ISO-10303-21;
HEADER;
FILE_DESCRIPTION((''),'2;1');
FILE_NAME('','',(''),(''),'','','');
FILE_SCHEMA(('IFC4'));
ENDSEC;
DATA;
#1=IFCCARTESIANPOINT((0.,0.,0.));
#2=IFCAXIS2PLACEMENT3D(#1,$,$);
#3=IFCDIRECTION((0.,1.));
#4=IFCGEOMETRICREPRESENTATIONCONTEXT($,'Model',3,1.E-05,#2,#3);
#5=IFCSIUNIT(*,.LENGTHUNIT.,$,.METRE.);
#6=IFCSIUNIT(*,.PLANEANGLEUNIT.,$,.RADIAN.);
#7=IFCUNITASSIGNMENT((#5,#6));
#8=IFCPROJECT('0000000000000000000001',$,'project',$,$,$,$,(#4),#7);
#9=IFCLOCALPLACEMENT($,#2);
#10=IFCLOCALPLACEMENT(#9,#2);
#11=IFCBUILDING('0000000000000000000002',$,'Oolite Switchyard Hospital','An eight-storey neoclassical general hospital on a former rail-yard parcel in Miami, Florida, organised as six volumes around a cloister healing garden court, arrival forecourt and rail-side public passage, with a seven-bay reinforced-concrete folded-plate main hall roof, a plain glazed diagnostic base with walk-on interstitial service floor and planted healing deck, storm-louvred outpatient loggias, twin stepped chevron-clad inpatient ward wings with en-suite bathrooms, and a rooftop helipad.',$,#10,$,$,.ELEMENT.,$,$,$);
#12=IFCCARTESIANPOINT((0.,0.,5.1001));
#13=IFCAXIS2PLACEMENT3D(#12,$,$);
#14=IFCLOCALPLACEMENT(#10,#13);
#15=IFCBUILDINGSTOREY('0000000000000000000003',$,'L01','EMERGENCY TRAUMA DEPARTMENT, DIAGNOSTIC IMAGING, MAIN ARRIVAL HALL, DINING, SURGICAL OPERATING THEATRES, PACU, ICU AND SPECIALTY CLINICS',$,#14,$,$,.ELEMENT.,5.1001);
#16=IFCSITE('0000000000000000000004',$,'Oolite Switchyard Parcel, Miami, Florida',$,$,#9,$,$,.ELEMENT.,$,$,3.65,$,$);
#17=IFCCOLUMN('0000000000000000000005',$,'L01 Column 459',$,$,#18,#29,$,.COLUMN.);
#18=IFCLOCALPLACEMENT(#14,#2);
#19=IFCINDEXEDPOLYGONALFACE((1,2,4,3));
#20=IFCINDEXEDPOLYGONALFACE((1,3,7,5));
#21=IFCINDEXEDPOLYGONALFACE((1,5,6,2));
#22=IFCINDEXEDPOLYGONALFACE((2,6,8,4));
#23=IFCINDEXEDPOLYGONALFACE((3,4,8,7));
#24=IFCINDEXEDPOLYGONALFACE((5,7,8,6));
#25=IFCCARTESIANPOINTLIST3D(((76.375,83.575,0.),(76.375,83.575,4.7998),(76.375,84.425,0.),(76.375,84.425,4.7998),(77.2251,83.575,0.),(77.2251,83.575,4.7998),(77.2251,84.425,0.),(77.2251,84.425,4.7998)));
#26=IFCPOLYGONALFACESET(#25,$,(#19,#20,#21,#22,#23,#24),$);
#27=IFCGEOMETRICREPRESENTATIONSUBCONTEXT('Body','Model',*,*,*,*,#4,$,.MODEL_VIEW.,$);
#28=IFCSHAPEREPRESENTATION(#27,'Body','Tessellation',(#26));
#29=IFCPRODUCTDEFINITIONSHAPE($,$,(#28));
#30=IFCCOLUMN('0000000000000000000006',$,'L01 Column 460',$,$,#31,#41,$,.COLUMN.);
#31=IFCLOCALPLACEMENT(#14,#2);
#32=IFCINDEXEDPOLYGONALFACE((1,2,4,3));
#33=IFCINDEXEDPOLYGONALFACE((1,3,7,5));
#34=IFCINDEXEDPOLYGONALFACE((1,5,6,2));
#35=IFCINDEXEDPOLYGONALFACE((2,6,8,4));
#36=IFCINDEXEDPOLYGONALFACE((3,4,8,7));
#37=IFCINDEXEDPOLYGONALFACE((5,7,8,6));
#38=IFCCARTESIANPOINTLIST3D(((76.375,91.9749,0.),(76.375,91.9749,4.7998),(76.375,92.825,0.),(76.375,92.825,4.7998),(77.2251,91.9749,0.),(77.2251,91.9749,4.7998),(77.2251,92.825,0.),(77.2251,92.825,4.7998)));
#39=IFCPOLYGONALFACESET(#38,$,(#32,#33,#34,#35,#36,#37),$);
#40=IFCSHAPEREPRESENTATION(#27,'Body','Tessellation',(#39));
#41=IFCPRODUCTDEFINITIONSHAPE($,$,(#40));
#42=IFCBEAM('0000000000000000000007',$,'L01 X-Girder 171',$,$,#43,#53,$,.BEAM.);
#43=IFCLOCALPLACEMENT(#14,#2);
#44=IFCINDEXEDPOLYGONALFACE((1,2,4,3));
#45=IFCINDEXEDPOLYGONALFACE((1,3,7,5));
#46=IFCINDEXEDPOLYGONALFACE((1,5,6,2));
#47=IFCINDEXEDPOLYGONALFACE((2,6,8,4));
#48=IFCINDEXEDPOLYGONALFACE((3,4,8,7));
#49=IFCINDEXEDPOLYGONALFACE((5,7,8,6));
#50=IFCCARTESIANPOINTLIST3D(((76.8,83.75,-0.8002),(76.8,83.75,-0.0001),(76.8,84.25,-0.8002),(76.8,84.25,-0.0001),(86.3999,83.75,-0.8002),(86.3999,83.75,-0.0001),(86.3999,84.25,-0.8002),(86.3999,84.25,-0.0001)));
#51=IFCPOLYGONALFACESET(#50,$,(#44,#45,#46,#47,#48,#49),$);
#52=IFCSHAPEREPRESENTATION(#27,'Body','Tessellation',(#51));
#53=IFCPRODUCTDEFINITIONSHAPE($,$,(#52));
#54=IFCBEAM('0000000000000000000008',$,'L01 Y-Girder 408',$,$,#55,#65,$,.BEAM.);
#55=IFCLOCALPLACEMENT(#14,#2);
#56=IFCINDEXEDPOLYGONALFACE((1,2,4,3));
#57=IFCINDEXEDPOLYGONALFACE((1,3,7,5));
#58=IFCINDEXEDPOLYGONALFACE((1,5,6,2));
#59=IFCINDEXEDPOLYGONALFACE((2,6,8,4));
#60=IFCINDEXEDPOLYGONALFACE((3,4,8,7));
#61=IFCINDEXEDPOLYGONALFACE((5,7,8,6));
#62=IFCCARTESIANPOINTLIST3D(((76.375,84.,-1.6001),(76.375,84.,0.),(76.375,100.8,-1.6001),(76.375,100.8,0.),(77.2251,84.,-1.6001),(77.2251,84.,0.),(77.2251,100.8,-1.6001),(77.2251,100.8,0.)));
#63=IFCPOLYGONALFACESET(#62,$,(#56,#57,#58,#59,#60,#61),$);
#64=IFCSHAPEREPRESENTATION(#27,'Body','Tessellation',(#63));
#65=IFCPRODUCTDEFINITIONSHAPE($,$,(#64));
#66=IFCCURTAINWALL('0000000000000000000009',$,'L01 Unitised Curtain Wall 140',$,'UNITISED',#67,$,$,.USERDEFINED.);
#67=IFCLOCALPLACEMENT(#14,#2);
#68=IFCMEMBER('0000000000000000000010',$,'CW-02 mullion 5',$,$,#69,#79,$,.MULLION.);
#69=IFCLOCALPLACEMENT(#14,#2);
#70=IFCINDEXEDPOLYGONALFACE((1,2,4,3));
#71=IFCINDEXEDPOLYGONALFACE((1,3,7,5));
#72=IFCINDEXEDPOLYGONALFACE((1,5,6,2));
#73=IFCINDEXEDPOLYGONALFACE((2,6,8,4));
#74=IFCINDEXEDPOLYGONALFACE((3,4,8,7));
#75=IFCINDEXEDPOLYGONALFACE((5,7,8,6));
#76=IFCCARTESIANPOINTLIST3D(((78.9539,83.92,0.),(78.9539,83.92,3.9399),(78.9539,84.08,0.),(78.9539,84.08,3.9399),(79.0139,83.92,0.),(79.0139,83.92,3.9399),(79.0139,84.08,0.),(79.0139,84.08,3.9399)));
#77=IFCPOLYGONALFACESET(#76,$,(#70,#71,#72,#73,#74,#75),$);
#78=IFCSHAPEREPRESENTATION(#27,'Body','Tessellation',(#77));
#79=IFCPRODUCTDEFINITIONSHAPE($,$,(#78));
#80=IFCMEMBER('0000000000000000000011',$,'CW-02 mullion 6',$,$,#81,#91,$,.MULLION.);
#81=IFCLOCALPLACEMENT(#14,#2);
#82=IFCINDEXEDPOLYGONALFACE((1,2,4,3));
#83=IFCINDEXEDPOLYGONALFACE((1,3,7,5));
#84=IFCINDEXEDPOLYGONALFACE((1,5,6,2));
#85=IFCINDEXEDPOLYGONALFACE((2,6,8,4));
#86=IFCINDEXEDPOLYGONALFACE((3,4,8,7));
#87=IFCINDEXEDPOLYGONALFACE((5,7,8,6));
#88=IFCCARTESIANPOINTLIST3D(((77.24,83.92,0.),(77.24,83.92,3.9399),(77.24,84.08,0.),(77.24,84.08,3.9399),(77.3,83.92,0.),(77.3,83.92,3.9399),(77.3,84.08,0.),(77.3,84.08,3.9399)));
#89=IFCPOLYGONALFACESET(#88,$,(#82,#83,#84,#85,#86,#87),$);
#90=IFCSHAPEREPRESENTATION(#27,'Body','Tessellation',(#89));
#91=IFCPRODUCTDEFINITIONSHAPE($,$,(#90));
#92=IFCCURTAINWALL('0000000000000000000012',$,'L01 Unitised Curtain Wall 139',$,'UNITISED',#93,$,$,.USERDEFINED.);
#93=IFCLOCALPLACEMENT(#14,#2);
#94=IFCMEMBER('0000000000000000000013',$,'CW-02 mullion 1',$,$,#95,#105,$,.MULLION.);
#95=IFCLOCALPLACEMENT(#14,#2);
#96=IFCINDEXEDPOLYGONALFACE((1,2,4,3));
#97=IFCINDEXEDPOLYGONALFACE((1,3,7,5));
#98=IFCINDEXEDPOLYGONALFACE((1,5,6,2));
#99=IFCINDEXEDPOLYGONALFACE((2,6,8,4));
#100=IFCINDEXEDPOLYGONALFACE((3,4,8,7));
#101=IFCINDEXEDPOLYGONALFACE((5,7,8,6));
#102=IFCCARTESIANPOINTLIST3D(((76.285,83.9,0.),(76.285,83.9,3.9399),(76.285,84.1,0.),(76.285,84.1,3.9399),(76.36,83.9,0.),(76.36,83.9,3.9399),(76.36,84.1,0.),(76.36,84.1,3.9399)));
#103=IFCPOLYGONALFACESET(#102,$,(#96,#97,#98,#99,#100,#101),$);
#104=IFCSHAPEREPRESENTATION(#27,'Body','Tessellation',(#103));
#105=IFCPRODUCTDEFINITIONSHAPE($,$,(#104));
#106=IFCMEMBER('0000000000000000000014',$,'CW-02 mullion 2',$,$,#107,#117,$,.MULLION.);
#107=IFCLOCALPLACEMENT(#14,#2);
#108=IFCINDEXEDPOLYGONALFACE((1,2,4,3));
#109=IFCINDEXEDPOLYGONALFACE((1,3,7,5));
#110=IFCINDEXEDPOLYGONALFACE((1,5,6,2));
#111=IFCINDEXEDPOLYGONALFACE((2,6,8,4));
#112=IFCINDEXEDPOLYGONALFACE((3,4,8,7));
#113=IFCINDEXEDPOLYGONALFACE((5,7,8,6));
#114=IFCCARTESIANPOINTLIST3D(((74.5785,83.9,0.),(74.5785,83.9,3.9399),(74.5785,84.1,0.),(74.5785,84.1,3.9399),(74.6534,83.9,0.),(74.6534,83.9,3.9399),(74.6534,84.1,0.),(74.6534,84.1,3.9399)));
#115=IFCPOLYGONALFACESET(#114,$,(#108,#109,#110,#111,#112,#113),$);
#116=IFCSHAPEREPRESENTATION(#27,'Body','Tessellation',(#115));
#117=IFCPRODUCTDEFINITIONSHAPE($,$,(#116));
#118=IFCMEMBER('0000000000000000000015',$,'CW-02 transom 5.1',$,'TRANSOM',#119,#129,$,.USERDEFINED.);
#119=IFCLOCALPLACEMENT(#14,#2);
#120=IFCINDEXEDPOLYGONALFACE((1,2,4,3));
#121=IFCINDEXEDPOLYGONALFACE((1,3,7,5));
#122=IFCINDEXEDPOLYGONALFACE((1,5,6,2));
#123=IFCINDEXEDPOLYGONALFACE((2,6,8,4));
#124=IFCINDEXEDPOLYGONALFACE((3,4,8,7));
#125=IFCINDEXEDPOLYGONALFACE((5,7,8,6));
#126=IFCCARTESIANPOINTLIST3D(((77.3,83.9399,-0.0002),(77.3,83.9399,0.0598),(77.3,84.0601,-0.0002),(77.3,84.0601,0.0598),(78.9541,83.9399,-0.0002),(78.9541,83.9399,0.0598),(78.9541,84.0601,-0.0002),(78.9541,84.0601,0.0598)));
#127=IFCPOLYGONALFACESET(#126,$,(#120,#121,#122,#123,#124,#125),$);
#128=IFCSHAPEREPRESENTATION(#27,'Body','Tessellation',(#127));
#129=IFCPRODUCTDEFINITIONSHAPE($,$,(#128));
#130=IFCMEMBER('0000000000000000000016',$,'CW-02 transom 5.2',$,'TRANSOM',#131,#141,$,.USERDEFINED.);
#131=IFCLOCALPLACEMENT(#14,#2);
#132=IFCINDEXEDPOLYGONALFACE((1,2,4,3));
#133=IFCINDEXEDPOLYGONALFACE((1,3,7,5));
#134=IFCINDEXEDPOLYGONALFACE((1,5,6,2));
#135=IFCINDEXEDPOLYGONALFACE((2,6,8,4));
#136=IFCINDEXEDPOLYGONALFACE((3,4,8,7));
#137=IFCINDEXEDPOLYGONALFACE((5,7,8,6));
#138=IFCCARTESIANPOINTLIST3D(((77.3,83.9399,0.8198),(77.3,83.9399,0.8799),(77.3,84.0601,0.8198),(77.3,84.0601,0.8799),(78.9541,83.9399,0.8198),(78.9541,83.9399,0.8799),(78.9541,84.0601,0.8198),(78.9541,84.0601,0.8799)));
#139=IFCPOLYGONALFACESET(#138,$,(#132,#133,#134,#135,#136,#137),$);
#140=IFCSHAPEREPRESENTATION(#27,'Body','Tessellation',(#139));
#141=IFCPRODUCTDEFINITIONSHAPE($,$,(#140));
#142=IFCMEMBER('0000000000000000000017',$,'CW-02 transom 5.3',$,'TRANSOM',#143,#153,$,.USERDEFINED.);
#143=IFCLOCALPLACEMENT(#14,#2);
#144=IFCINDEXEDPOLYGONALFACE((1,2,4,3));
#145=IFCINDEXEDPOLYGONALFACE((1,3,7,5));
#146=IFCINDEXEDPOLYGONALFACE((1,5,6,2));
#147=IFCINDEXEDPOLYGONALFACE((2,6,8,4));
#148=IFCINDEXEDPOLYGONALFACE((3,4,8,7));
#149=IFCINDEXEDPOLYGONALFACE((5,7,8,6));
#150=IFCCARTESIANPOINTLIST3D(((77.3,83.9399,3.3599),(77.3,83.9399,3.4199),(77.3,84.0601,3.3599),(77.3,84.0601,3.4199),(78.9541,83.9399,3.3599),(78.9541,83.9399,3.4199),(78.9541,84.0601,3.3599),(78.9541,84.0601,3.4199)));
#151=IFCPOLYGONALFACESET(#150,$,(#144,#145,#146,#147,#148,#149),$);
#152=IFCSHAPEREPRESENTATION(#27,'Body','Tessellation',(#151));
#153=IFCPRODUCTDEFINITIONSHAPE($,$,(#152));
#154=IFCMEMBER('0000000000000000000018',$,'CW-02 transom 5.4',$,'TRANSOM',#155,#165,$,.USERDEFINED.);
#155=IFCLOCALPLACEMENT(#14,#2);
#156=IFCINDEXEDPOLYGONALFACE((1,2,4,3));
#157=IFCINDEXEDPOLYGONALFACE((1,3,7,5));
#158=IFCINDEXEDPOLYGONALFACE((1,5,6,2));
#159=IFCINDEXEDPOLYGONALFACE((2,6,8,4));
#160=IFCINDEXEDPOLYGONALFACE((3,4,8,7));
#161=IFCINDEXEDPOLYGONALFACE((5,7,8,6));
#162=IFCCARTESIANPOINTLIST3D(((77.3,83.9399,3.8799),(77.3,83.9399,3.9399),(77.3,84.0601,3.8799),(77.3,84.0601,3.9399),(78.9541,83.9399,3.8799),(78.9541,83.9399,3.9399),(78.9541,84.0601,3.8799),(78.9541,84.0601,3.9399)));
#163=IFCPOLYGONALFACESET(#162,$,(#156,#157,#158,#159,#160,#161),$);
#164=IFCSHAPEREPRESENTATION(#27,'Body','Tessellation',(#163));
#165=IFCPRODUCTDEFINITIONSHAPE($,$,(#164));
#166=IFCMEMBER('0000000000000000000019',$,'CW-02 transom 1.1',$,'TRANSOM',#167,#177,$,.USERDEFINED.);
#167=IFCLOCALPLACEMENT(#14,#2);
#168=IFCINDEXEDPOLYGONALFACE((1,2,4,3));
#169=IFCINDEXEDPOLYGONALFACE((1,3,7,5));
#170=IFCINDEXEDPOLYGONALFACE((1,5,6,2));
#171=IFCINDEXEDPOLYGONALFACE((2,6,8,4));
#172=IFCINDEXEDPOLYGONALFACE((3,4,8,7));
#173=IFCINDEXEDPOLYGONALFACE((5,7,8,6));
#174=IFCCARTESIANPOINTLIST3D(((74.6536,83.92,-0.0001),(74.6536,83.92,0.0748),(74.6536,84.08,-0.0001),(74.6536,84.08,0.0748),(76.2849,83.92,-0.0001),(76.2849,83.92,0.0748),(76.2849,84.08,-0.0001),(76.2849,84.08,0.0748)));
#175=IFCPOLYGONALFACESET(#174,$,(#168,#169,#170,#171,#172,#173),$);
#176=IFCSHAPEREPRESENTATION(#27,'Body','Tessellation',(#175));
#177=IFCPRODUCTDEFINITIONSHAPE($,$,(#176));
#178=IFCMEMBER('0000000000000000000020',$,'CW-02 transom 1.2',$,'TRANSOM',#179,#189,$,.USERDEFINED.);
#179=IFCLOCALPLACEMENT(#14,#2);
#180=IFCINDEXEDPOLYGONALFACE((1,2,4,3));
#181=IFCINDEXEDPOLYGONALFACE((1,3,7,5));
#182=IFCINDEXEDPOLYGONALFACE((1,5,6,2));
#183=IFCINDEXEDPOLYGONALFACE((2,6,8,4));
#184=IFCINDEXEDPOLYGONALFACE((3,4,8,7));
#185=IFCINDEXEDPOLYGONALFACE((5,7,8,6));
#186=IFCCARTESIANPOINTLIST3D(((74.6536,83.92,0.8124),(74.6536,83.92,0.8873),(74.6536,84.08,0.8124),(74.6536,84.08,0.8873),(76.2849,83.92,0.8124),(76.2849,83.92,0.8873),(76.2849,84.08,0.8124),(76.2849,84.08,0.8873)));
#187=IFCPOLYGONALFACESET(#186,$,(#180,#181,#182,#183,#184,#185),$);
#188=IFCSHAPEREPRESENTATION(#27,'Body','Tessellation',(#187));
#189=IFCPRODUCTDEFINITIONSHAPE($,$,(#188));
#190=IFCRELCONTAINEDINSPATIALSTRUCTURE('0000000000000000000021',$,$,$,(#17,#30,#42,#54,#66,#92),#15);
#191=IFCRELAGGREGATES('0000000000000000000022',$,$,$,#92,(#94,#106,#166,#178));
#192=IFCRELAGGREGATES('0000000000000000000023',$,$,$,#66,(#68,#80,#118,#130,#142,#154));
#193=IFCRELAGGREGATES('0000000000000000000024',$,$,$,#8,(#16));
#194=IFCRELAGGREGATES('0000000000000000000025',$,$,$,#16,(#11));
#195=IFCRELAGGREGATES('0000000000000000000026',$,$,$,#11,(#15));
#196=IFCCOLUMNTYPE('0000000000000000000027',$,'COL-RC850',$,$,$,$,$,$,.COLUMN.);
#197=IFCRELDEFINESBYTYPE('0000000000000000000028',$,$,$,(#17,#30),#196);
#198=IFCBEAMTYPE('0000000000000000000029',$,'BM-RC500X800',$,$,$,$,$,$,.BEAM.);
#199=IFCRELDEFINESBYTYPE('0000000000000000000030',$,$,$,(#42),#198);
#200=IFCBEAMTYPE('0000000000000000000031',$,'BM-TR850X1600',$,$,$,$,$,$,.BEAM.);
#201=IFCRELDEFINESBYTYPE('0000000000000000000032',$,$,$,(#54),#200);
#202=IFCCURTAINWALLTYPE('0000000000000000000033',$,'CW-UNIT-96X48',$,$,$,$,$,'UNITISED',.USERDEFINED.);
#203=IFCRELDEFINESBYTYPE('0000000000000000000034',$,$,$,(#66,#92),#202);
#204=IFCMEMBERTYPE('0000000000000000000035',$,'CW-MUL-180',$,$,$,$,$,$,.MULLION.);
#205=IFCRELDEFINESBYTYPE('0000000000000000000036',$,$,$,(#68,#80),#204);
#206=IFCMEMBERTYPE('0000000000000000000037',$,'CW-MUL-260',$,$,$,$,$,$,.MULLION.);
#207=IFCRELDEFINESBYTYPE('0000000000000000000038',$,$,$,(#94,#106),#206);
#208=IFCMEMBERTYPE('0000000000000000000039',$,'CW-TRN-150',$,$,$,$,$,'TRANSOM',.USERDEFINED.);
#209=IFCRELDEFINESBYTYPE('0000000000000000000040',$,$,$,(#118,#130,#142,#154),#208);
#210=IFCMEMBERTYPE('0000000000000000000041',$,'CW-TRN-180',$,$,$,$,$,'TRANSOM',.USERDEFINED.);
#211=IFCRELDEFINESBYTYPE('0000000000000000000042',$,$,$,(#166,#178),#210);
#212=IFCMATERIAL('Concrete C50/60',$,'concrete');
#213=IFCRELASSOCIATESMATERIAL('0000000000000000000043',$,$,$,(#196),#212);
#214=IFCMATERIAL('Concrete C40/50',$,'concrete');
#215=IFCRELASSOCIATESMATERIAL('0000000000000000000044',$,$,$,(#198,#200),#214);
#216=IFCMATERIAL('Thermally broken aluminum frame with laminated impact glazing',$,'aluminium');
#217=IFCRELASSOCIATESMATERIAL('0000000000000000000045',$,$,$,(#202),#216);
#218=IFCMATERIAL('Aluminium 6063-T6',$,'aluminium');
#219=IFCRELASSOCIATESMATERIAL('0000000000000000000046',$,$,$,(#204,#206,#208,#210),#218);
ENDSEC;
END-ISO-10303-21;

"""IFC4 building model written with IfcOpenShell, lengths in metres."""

from ifc_helpers import new_model, si_unit, direction, frame, origin, origin_2d, place, context, subcontext, project, spatial, rectangle, extrude, material, material_profile, profile_set, type_object, element, aggregate, save


model = new_model("IFC4")

# Units and contexts
model_context = context("Model", 3, precision=1e-05, world=origin(), true_north=direction((0.0, 1.0)))
body_context = subcontext(model_context, "Body", "Model", "MODEL_VIEW")
ifc_project = project(units=[si_unit("LENGTHUNIT", "METRE"), si_unit("PLANEANGLEUNIT", "RADIAN")], contexts=[model_context])

# Site, building, storey
site_placement = place(None, origin())
site = spatial("IfcSite", under=ifc_project, at=site_placement, Name="Oolite Switchyard Parcel, Miami, Florida", CompositionType="ELEMENT", RefElevation=3.65)
building_placement = place(site_placement, origin())
building = spatial("IfcBuilding", under=site, at=building_placement, Name="Oolite Switchyard Hospital", Description="An eight-storey neoclassical general hospital on a former rail-yard parcel in Miami, Florida, organised as six volumes around a cloister healing garden court, arrival forecourt and rail-side public passage, with a seven-bay reinforced-concrete folded-plate main hall roof, a plain glazed diagnostic base with walk-on interstitial service floor and planted healing deck, storm-louvred outpatient loggias, twin stepped chevron-clad inpatient ward wings with en-suite bathrooms, and a rooftop helipad.", CompositionType="ELEMENT")
storey_placement = place(building_placement, frame((0.0, 0.0, 5.1001)))
storey = spatial("IfcBuildingStorey", under=building, at=storey_placement, Name="L01", Description="EMERGENCY TRAUMA DEPARTMENT, DIAGNOSTIC IMAGING, MAIN ARRIVAL HALL, DINING, SURGICAL OPERATING THEATRES, PACU, ICU AND SPECIALTY CLINICS", CompositionType="ELEMENT", Elevation=5.1001)

# Columns
ifc_material_1 = material(Name="Concrete C50/60", Category="concrete")
ifc_material_profile_1 = material_profile(ifc_material_1, rectangle(XDim=0.8501, YDim=0.8501, at=origin_2d()), Name="RC850X850")
ifc_profile_set_1 = profile_set([ifc_material_profile_1], Name="Concrete C50/60")
column_type = type_object("IfcColumnType", Name="COL-RC850", PredefinedType="COLUMN", material=ifc_profile_set_1)
for number, where, z_axis, x_axis, name in (
    (1, (76.8, 84.0, 0.0), (0.0, 0.0, 1.0), (1.0, 0.0, 0.0), "L01 Column 459"),
    (2, (76.8, 92.3999, 0.0), (0.0, 0.0, 1.0), (1.0, 0.0, 0.0), "L01 Column 460"),
):
    element("IfcColumn", number, at=place(storey_placement, frame(where, z_axis=z_axis, x_axis=x_axis)), inside=storey, type_object=column_type, Name=name, PredefinedType="COLUMN", context=body_context, shape_type="SweptSolid", body=[
        extrude(rectangle(XDim=0.8501, YDim=0.8501, at=origin_2d()), origin(), (0.0, 0.0, 1.0), 4.7998),
    ])

# Beams
ifc_material_2 = material(Name="Concrete C40/50", Category="concrete")
ifc_material_profile_2 = material_profile(ifc_material_2, rectangle(XDim=0.5, YDim=0.8, at=origin_2d()), Name="RCB500X800")
ifc_profile_set_2 = profile_set([ifc_material_profile_2], Name="Concrete C40/50")
beam_type_1 = type_object("IfcBeamType", Name="BM-RC500X800", PredefinedType="BEAM", material=ifc_profile_set_2)
beam_1_placement = place(storey_placement, frame((76.8, 84.0, -0.4001), z_axis=(1.0, 0.0, 0.0), x_axis=(0.0, 1.0, 0.0)))
element("IfcBeam", 3, at=beam_1_placement, inside=storey, type_object=beam_type_1, Name="L01 X-Girder 171", PredefinedType="BEAM", context=body_context, shape_type="SweptSolid", body=[
    extrude(rectangle(XDim=0.5, YDim=0.8, at=origin_2d()), origin(), (0.0, 0.0, 1.0), 9.5999),
])
ifc_material_profile_3 = material_profile(ifc_material_2, rectangle(XDim=0.8501, YDim=1.6001, at=origin_2d()), Name="RCT850X1600")
ifc_profile_set_3 = profile_set([ifc_material_profile_3], Name="Concrete C40/50")
beam_type_2 = type_object("IfcBeamType", Name="BM-TR850X1600", PredefinedType="BEAM", material=ifc_profile_set_3)
beam_2_placement = place(storey_placement, frame((76.8, 84.0, -0.8), z_axis=(0.0, 1.0, 0.0), x_axis=(-1.0, 0.0, 0.0)))
element("IfcBeam", 4, at=beam_2_placement, inside=storey, type_object=beam_type_2, Name="L01 Y-Girder 408", PredefinedType="BEAM", context=body_context, shape_type="SweptSolid", body=[
    extrude(rectangle(XDim=0.8501, YDim=1.6001, at=origin_2d()), origin(), (0.0, 0.0, 1.0), 16.8),
])

# Curtain walls, members
ifc_material_3 = material(Name="Thermally broken aluminum frame with laminated impact glazing", Category="aluminium")
curtain_wall_type = type_object("IfcCurtainWallType", Name="CW-UNIT-96X48", ElementType="UNITISED", PredefinedType="USERDEFINED", material=ifc_material_3)
curtain_wall_1_placement = place(storey_placement, origin())
curtain_wall_1 = element("IfcCurtainWall", 5, at=curtain_wall_1_placement, inside=storey, type_object=curtain_wall_type, Name="L01 Unitised Curtain Wall 140", ObjectType="UNITISED", PredefinedType="USERDEFINED")
ifc_material_4 = material(Name="Aluminium 6063-T6", Category="aluminium")
ifc_material_profile_4 = material_profile(ifc_material_4, rectangle(XDim=0.1599, YDim=0.0601, at=origin_2d()), Name="CWM60X160")
ifc_profile_set_4 = profile_set([ifc_material_profile_4], Name="Aluminium 6063-T6")
member_type_1 = type_object("IfcMemberType", Name="CW-MUL-180", PredefinedType="MULLION", material=ifc_profile_set_4)
member_1_placement = place(storey_placement, frame((78.9839, 84.0, 0.0), z_axis=(0.0, 0.0, 1.0), x_axis=(0.0, -1.0, 0.0)))
member_1 = element("IfcMember", 6, at=member_1_placement, type_object=member_type_1, Name="CW-02 mullion 5", PredefinedType="MULLION", context=body_context, shape_type="SweptSolid", body=[
    extrude(rectangle(XDim=0.1599, YDim=0.0601, at=origin_2d()), origin(), (0.0, 0.0, 1.0), 3.9399),
])
member_2_placement = place(storey_placement, frame((77.27, 84.0, 0.0), z_axis=(0.0, 0.0, 1.0), x_axis=(0.0, -1.0, 0.0)))
member_2 = element("IfcMember", 7, at=member_2_placement, type_object=member_type_1, Name="CW-02 mullion 6", PredefinedType="MULLION", context=body_context, shape_type="SweptSolid", body=[
    extrude(rectangle(XDim=0.1599, YDim=0.0601, at=origin_2d()), origin(), (0.0, 0.0, 1.0), 3.9399),
])
curtain_wall_2_placement = place(storey_placement, origin())
curtain_wall_2 = element("IfcCurtainWall", 8, at=curtain_wall_2_placement, inside=storey, type_object=curtain_wall_type, Name="L01 Unitised Curtain Wall 139", ObjectType="UNITISED", PredefinedType="USERDEFINED")
ifc_material_profile_5 = material_profile(ifc_material_4, rectangle(XDim=0.2, YDim=0.075, at=origin_2d()), Name="CWM75X200")
ifc_profile_set_5 = profile_set([ifc_material_profile_5], Name="Aluminium 6063-T6")
member_type_2 = type_object("IfcMemberType", Name="CW-MUL-260", PredefinedType="MULLION", material=ifc_profile_set_5)
member_3_placement = place(storey_placement, frame((76.3225, 84.0, 0.0), z_axis=(0.0, 0.0, 1.0), x_axis=(0.0, -1.0, 0.0)))
member_3 = element("IfcMember", 9, at=member_3_placement, type_object=member_type_2, Name="CW-02 mullion 1", PredefinedType="MULLION", context=body_context, shape_type="SweptSolid", body=[
    extrude(rectangle(XDim=0.2, YDim=0.075, at=origin_2d()), origin(), (0.0, 0.0, 1.0), 3.9399),
])
member_4_placement = place(storey_placement, frame((74.616, 84.0, 0.0), z_axis=(0.0, 0.0, 1.0), x_axis=(0.0, -1.0, 0.0)))
member_4 = element("IfcMember", 10, at=member_4_placement, type_object=member_type_2, Name="CW-02 mullion 2", PredefinedType="MULLION", context=body_context, shape_type="SweptSolid", body=[
    extrude(rectangle(XDim=0.2, YDim=0.075, at=origin_2d()), origin(), (0.0, 0.0, 1.0), 3.9399),
])

# Members
ifc_material_profile_6 = material_profile(ifc_material_4, rectangle(XDim=0.1201, YDim=0.0601, at=origin_2d()), Name="CWT60X120")
ifc_profile_set_6 = profile_set([ifc_material_profile_6], Name="Aluminium 6063-T6")
member_type_3 = type_object("IfcMemberType", Name="CW-TRN-150", ElementType="TRANSOM", PredefinedType="USERDEFINED", material=ifc_profile_set_6)
member_5_placement = place(storey_placement, frame((78.9541, 84.0, 0.0298), z_axis=(-1.0, 0.0, 0.0), x_axis=(0.0, -1.0, 0.0)))
member_5 = element("IfcMember", 11, at=member_5_placement, type_object=member_type_3, Name="CW-02 transom 5.1", ObjectType="TRANSOM", PredefinedType="USERDEFINED", context=body_context, shape_type="SweptSolid", body=[
    extrude(rectangle(XDim=0.1201, YDim=0.0601, at=origin_2d()), origin(), (0.0, 0.0, 1.0), 1.6541),
])
member_6_placement = place(storey_placement, frame((78.9541, 84.0, 0.8499), z_axis=(-1.0, 0.0, 0.0), x_axis=(0.0, -1.0, 0.0)))
member_6 = element("IfcMember", 12, at=member_6_placement, type_object=member_type_3, Name="CW-02 transom 5.2", ObjectType="TRANSOM", PredefinedType="USERDEFINED", context=body_context, shape_type="SweptSolid", body=[
    extrude(rectangle(XDim=0.1201, YDim=0.0601, at=origin_2d()), origin(), (0.0, 0.0, 1.0), 1.6541),
])
member_7_placement = place(storey_placement, frame((78.9541, 84.0, 3.3899), z_axis=(-1.0, 0.0, 0.0), x_axis=(0.0, -1.0, 0.0)))
member_7 = element("IfcMember", 13, at=member_7_placement, type_object=member_type_3, Name="CW-02 transom 5.3", ObjectType="TRANSOM", PredefinedType="USERDEFINED", context=body_context, shape_type="SweptSolid", body=[
    extrude(rectangle(XDim=0.1201, YDim=0.0601, at=origin_2d()), origin(), (0.0, 0.0, 1.0), 1.6541),
])
member_8_placement = place(storey_placement, frame((78.9541, 84.0, 3.9099), z_axis=(-1.0, 0.0, 0.0), x_axis=(0.0, -1.0, 0.0)))
member_8 = element("IfcMember", 14, at=member_8_placement, type_object=member_type_3, Name="CW-02 transom 5.4", ObjectType="TRANSOM", PredefinedType="USERDEFINED", context=body_context, shape_type="SweptSolid", body=[
    extrude(rectangle(XDim=0.1201, YDim=0.0601, at=origin_2d()), origin(), (0.0, 0.0, 1.0), 1.6541),
])
ifc_material_profile_7 = material_profile(ifc_material_4, rectangle(XDim=0.1599, YDim=0.075, at=origin_2d()), Name="CWT75X160")
ifc_profile_set_7 = profile_set([ifc_material_profile_7], Name="Aluminium 6063-T6")
member_type_4 = type_object("IfcMemberType", Name="CW-TRN-180", ElementType="TRANSOM", PredefinedType="USERDEFINED", material=ifc_profile_set_7)
member_9_placement = place(storey_placement, frame((76.2849, 84.0, 0.0374), z_axis=(-1.0, 0.0, 0.0), x_axis=(0.0, -1.0, 0.0)))
member_9 = element("IfcMember", 15, at=member_9_placement, type_object=member_type_4, Name="CW-02 transom 1.1", ObjectType="TRANSOM", PredefinedType="USERDEFINED", context=body_context, shape_type="SweptSolid", body=[
    extrude(rectangle(XDim=0.1599, YDim=0.075, at=origin_2d()), origin(), (0.0, 0.0, 1.0), 1.6313),
])
member_10_placement = place(storey_placement, frame((76.2849, 84.0, 0.8499), z_axis=(-1.0, 0.0, 0.0), x_axis=(0.0, -1.0, 0.0)))
member_10 = element("IfcMember", 16, at=member_10_placement, type_object=member_type_4, Name="CW-02 transom 1.2", ObjectType="TRANSOM", PredefinedType="USERDEFINED", context=body_context, shape_type="SweptSolid", body=[
    extrude(rectangle(XDim=0.1599, YDim=0.075, at=origin_2d()), origin(), (0.0, 0.0, 1.0), 1.6313),
])

aggregate(curtain_wall_2, [member_3, member_4, member_9, member_10])
aggregate(curtain_wall_1, [member_1, member_2, member_5, member_6, member_7, member_8])

save(model, "model.ifc")
